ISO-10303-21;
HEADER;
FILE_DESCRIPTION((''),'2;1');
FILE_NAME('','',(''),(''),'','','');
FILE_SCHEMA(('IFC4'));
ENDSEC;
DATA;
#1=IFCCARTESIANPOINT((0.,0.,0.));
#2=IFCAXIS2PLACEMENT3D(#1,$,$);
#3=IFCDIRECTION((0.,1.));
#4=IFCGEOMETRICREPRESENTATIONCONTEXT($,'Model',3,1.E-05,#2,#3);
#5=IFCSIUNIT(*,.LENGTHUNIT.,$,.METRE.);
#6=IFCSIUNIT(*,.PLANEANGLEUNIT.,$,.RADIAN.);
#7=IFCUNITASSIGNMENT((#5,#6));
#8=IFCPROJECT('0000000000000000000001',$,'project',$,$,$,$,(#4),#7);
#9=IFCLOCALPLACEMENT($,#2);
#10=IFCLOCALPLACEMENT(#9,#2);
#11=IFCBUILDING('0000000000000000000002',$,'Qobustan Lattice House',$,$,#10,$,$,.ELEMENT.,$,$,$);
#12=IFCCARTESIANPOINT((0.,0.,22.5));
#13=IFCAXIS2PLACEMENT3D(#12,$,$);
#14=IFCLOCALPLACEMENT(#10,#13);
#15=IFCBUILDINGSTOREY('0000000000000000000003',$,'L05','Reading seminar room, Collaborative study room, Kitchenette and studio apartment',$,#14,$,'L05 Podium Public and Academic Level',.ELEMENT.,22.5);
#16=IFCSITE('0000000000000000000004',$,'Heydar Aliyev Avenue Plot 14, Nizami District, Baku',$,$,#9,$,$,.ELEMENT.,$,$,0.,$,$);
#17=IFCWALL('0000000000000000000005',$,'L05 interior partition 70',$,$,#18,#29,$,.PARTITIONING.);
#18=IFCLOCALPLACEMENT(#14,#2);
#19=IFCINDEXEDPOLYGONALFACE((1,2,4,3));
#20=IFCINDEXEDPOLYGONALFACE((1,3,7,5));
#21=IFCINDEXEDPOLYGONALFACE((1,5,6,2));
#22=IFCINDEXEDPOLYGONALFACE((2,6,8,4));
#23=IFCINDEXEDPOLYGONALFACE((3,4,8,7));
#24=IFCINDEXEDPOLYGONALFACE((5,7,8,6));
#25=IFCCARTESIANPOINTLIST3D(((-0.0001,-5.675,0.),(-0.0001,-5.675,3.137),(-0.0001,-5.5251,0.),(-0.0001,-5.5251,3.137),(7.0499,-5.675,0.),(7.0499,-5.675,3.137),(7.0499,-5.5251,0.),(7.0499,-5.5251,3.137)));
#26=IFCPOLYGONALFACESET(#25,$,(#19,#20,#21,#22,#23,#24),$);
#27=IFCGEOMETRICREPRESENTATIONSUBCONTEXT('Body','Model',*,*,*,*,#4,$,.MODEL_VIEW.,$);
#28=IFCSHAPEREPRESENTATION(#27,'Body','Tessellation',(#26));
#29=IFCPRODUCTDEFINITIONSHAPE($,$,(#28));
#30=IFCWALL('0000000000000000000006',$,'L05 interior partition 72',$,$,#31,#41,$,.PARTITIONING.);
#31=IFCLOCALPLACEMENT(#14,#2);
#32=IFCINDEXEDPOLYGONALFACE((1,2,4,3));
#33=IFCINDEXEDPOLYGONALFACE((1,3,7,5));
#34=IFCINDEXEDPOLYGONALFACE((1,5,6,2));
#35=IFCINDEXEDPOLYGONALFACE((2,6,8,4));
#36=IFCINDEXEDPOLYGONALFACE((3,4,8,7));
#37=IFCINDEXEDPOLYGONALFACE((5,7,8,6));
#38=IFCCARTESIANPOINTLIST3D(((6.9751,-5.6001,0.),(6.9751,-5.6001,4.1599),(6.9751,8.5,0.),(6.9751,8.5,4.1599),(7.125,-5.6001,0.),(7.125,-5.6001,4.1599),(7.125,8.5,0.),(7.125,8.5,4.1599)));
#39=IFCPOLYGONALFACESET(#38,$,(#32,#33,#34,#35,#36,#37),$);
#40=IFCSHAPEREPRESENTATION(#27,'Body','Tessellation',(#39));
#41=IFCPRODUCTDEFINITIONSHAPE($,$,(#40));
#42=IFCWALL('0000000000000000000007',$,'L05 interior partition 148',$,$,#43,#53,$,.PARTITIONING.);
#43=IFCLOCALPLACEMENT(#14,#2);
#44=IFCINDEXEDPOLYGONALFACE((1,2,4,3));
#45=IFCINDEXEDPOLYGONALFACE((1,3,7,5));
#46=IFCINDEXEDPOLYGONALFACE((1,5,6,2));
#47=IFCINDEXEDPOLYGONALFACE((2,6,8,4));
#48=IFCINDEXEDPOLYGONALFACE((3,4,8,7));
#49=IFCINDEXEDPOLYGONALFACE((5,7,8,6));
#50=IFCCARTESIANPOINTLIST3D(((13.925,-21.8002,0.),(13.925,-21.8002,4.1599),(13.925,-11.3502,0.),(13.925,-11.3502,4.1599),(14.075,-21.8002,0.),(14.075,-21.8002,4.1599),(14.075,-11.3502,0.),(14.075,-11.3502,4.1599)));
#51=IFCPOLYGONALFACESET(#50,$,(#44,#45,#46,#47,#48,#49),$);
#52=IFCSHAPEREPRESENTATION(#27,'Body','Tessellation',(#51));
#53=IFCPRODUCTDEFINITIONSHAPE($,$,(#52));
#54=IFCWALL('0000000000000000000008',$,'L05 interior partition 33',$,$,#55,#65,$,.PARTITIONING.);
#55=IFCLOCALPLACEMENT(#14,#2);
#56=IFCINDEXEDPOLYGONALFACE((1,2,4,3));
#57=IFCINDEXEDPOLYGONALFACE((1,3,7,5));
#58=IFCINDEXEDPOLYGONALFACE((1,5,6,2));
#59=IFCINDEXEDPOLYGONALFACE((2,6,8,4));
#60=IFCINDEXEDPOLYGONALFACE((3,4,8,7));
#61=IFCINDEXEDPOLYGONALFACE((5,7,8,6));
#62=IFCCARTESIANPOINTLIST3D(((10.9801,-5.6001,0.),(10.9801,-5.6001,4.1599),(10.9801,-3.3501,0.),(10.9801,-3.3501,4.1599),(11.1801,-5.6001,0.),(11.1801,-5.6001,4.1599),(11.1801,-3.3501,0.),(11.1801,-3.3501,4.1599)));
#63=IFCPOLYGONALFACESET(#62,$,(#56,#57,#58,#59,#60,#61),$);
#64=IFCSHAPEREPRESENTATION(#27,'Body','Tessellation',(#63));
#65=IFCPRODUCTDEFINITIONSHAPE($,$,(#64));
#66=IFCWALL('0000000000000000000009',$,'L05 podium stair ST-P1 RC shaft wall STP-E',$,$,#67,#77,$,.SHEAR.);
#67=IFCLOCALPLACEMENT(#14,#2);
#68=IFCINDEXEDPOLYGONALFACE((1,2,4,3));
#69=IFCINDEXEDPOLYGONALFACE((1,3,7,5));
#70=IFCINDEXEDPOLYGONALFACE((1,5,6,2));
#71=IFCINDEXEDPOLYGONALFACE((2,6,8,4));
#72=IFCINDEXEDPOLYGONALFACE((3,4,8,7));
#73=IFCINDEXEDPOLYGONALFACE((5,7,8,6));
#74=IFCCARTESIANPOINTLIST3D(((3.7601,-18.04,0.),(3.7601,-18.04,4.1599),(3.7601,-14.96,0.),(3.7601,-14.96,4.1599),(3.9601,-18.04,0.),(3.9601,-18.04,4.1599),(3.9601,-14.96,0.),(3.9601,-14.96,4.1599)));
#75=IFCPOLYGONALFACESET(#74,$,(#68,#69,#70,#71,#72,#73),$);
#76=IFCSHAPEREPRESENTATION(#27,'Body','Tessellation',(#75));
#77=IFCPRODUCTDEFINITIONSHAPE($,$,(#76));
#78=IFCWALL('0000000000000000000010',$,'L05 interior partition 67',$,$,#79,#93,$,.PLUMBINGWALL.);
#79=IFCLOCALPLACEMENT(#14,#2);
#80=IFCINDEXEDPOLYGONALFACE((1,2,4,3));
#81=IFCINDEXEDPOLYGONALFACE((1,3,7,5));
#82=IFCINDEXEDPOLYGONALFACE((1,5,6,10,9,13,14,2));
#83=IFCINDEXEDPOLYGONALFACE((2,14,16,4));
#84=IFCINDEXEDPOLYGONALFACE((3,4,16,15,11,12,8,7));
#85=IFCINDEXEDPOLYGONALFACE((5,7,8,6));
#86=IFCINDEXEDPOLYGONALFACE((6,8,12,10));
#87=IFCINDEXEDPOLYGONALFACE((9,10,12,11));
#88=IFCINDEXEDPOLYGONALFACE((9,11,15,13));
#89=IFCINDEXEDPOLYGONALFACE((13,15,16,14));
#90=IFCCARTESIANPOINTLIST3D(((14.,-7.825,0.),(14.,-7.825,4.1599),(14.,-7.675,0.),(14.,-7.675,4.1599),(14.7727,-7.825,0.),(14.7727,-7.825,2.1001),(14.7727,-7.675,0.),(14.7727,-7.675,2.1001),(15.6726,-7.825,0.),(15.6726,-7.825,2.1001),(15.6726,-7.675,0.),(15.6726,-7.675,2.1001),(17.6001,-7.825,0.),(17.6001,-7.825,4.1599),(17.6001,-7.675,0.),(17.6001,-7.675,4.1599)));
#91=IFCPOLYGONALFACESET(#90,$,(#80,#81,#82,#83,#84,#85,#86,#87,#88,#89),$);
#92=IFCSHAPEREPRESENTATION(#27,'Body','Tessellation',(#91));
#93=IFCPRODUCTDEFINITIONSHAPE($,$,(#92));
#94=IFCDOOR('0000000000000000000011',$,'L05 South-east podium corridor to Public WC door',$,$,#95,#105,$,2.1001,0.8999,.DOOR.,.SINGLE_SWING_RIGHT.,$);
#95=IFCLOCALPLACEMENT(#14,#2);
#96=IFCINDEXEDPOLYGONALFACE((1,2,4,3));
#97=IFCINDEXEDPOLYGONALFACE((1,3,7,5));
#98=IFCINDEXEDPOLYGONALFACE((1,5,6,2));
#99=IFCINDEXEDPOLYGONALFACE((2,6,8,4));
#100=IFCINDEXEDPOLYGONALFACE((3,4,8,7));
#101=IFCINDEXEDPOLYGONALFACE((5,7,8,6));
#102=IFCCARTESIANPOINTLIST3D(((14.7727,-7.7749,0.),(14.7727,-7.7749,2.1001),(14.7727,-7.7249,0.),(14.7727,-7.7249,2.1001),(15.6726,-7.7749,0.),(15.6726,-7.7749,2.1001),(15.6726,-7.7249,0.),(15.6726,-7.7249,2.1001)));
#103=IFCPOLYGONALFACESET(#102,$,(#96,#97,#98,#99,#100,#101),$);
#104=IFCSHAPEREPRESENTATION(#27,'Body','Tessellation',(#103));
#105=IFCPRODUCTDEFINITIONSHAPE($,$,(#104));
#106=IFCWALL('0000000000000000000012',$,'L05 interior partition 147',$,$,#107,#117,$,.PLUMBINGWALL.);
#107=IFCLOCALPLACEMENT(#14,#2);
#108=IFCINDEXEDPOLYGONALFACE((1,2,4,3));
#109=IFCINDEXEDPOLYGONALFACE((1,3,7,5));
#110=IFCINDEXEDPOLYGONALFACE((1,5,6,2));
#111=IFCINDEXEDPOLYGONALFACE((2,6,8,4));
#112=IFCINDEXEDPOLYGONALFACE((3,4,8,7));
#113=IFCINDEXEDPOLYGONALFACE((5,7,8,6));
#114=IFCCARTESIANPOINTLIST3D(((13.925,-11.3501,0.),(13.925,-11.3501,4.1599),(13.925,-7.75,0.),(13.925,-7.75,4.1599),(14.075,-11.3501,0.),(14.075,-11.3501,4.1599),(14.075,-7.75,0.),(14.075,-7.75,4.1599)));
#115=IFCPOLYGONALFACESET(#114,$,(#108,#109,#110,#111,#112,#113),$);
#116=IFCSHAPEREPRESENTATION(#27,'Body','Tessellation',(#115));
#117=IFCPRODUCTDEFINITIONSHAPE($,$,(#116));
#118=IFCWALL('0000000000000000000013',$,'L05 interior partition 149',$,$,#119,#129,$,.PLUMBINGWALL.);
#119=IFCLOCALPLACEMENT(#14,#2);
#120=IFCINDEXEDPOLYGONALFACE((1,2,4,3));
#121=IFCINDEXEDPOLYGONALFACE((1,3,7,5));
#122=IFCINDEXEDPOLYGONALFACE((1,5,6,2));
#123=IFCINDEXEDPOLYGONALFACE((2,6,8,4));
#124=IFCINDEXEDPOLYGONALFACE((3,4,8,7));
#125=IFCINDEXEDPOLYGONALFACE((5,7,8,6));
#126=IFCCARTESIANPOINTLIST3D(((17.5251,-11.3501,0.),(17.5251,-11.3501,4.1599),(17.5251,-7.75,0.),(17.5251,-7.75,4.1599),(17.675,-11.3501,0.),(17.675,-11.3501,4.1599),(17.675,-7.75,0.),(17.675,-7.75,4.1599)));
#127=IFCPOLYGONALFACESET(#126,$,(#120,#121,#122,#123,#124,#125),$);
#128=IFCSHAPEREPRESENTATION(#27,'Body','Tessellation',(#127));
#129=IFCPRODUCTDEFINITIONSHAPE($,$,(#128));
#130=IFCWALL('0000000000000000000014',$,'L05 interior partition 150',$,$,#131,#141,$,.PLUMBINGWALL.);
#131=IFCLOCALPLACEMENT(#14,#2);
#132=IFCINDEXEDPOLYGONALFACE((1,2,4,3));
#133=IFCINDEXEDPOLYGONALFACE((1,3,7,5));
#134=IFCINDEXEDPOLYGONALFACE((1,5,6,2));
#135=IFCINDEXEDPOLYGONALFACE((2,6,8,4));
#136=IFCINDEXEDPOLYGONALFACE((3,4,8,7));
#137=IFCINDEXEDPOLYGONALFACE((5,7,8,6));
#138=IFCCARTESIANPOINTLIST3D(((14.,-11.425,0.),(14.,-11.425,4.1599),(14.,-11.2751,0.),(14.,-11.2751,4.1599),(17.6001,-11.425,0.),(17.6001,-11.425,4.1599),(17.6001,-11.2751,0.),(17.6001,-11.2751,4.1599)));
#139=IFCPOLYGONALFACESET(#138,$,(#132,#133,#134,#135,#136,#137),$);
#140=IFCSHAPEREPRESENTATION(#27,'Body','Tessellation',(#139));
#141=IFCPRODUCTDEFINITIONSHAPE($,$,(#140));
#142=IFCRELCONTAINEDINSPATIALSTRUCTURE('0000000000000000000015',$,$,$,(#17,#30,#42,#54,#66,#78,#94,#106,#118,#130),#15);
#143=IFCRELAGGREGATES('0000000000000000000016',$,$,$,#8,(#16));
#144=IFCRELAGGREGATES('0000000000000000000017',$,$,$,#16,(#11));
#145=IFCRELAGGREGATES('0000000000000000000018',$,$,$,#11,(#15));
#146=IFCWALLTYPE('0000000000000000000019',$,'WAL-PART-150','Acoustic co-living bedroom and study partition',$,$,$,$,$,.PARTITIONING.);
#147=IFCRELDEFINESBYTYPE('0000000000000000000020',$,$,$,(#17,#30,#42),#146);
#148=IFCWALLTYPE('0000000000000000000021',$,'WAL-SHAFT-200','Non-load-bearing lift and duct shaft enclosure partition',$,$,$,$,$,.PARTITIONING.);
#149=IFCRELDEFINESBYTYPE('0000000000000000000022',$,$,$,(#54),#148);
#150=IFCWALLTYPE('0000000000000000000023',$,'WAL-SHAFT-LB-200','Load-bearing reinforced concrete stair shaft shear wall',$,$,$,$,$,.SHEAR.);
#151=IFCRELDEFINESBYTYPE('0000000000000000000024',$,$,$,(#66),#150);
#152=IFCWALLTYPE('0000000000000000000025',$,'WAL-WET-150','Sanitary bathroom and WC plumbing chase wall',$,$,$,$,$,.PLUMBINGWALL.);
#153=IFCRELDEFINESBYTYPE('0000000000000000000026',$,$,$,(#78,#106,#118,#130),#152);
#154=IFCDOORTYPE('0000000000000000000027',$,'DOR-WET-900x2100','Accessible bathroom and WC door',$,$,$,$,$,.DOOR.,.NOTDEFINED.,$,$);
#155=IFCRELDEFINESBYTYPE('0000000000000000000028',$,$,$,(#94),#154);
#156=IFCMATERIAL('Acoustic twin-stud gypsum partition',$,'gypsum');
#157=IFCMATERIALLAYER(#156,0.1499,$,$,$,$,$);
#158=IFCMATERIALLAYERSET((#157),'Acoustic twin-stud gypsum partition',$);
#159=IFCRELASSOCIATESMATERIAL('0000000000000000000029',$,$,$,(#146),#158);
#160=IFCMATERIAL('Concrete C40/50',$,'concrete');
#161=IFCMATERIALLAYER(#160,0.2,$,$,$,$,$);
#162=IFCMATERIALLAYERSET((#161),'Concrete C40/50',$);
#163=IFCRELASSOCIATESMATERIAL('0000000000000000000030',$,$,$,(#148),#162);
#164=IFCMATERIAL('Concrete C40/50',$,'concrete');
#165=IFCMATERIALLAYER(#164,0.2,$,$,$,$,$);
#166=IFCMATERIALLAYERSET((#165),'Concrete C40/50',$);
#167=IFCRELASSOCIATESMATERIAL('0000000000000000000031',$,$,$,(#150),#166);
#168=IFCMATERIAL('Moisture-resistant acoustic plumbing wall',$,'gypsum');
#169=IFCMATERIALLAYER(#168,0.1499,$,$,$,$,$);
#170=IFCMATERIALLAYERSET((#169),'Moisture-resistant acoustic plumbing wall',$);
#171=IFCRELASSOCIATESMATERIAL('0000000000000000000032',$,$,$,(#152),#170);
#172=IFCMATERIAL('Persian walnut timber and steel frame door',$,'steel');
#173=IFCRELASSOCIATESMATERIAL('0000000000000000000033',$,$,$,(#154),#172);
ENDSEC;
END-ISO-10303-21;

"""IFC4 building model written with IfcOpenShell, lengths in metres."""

from ifc_helpers import new_model, si_unit, direction, frame, frame_2d, origin, place, context, subcontext, project, spatial, rectangle, extrude, material, layer, layer_set, type_object, element, fill, save


model = new_model("IFC4")

# Units and contexts
model_context = context("Model", 3, precision=1e-05, world=origin(), true_north=direction((0.0, 1.0)))
body_context = subcontext(model_context, "Body", "Model", "MODEL_VIEW")
ifc_project = project(units=[si_unit("LENGTHUNIT", "METRE"), si_unit("PLANEANGLEUNIT", "RADIAN")], contexts=[model_context])

# Site, building, storey
site_placement = place(None, origin())
site = spatial("IfcSite", under=ifc_project, at=site_placement, Name="Heydar Aliyev Avenue Plot 14, Nizami District, Baku", CompositionType="ELEMENT", RefElevation=0.0)
building_placement = place(site_placement, origin())
building = spatial("IfcBuilding", under=site, at=building_placement, Name="Qobustan Lattice House", CompositionType="ELEMENT")
storey_placement = place(building_placement, frame((0.0, 0.0, 22.5)))
storey = spatial("IfcBuildingStorey", under=building, at=storey_placement, Name="L05", Description="Reading seminar room, Collaborative study room, Kitchenette and studio apartment", LongName="L05 Podium Public and Academic Level", CompositionType="ELEMENT", Elevation=22.5)

# Shared definitions
ifc_material_1 = material(Name="Acoustic twin-stud gypsum partition", Category="gypsum")
ifc_layer_1 = layer(ifc_material_1, 0.1499)
ifc_layer_set_1 = layer_set([ifc_layer_1], Name="Acoustic twin-stud gypsum partition")
wall_type_1 = type_object("IfcWallType", Name="WAL-PART-150", Description="Acoustic co-living bedroom and study partition", PredefinedType="PARTITIONING", material=ifc_layer_set_1)

# Walls
wall_1_placement = place(storey_placement, frame((0.0, -5.6001, 0.0), z_axis=(0.0, 0.0, 1.0), x_axis=(1.0, 0.0, 0.0)))
element("IfcWall", 1, at=wall_1_placement, inside=storey, type_object=wall_type_1, Name="L05 interior partition 70", PredefinedType="PARTITIONING", context=body_context, shape_type="SweptSolid", body=[
    extrude(rectangle(XDim=7.05, YDim=0.1499, at=frame_2d((3.5249, 0.0))), origin(), (0.0, 0.0, 1.0), 3.137),
])
wall_2_placement = place(storey_placement, frame((7.05, -5.6001, 0.0), z_axis=(0.0, 0.0, 1.0), x_axis=(0.0, 1.0, 0.0)))
element("IfcWall", 2, at=wall_2_placement, inside=storey, type_object=wall_type_1, Name="L05 interior partition 72", PredefinedType="PARTITIONING", context=body_context, shape_type="SweptSolid", body=[
    extrude(rectangle(XDim=14.1001, YDim=0.1499, at=frame_2d((7.05, 0.0))), origin(), (0.0, 0.0, 1.0), 4.1599),
])
wall_3_placement = place(storey_placement, frame((14.0, -11.3501, 0.0), z_axis=(0.0, 0.0, 1.0), x_axis=(0.0, -1.0, 0.0)))
element("IfcWall", 3, at=wall_3_placement, inside=storey, type_object=wall_type_1, Name="L05 interior partition 148", PredefinedType="PARTITIONING", context=body_context, shape_type="SweptSolid", body=[
    extrude(rectangle(XDim=10.45, YDim=0.1499, at=frame_2d((5.2251, 0.0))), origin(), (0.0, 0.0, 1.0), 4.1599),
])
ifc_material_2 = material(Name="Concrete C40/50", Category="concrete")
ifc_layer_2 = layer(ifc_material_2, 0.2)
ifc_layer_set_2 = layer_set([ifc_layer_2], Name="Concrete C40/50")
wall_type_2 = type_object("IfcWallType", Name="WAL-SHAFT-200", Description="Non-load-bearing lift and duct shaft enclosure partition", PredefinedType="PARTITIONING", material=ifc_layer_set_2)
wall_4_placement = place(storey_placement, frame((11.0801, -5.6001, 0.0), z_axis=(0.0, 0.0, 1.0), x_axis=(0.0, 1.0, 0.0)))
element("IfcWall", 4, at=wall_4_placement, inside=storey, type_object=wall_type_2, Name="L05 interior partition 33", PredefinedType="PARTITIONING", context=body_context, shape_type="SweptSolid", body=[
    extrude(rectangle(XDim=2.25, YDim=0.2, at=frame_2d((1.125, 0.0))), origin(), (0.0, 0.0, 1.0), 4.1599),
])
ifc_material_3 = material(Name="Concrete C40/50", Category="concrete")
ifc_layer_3 = layer(ifc_material_3, 0.2)
ifc_layer_set_3 = layer_set([ifc_layer_3], Name="Concrete C40/50")
wall_type_3 = type_object("IfcWallType", Name="WAL-SHAFT-LB-200", Description="Load-bearing reinforced concrete stair shaft shear wall", PredefinedType="SHEAR", material=ifc_layer_set_3)
wall_5_placement = place(storey_placement, frame((3.8601, -18.04, 0.0), z_axis=(0.0, 0.0, 1.0), x_axis=(0.0, 1.0, 0.0)))
element("IfcWall", 5, at=wall_5_placement, inside=storey, type_object=wall_type_3, Name="L05 podium stair ST-P1 RC shaft wall STP-E", PredefinedType="SHEAR", context=body_context, shape_type="SweptSolid", body=[
    extrude(rectangle(XDim=3.0801, YDim=0.2, at=frame_2d((1.54, 0.0))), origin(), (0.0, 0.0, 1.0), 4.1599),
])

# Wall, opening, door
ifc_material_4 = material(Name="Moisture-resistant acoustic plumbing wall", Category="gypsum")
ifc_layer_4 = layer(ifc_material_4, 0.1499)
ifc_layer_set_4 = layer_set([ifc_layer_4], Name="Moisture-resistant acoustic plumbing wall")
wall_type_4 = type_object("IfcWallType", Name="WAL-WET-150", Description="Sanitary bathroom and WC plumbing chase wall", PredefinedType="PLUMBINGWALL", material=ifc_layer_set_4)
wall_6_placement = place(storey_placement, frame((17.6001, -7.75, 0.0), z_axis=(0.0, 0.0, 1.0), x_axis=(-1.0, 0.0, 0.0)))
wall_6 = element("IfcWall", 6, at=wall_6_placement, inside=storey, type_object=wall_type_4, Name="L05 interior partition 67", PredefinedType="PLUMBINGWALL", context=body_context, shape_type="SweptSolid", body=[
    extrude(rectangle(XDim=3.6001, YDim=0.1499, at=frame_2d((1.8, 0.0))), origin(), (0.0, 0.0, 1.0), 4.1599),
])
opening_1_placement = place(wall_6_placement, frame((1.9275, 0.0, 0.0)))
opening_1 = element("IfcOpeningElement", 7, at=opening_1_placement, cuts=wall_6, PredefinedType="OPENING", context=body_context, shape_type="SweptSolid", body=[
    extrude(rectangle(XDim=0.8999, YDim=2.1001, at=frame_2d((0.45, 1.05))), frame((0.0, 0.085, 0.0), z_axis=(0.0, -1.0, 0.0), x_axis=(1.0, 0.0, 0.0)), (0.0, 0.0, 1.0), 0.1699),
])
ifc_material_5 = material(Name="Persian walnut timber and steel frame door", Category="steel")
door_type_1 = type_object("IfcDoorType", Name="DOR-WET-900x2100", Description="Accessible bathroom and WC door", OperationType="NOTDEFINED", PredefinedType="DOOR", material=ifc_material_5)
door_1_placement = place(opening_1_placement, origin())
door_1 = element("IfcDoor", 8, at=door_1_placement, inside=storey, type_object=door_type_1, Name="L05 South-east podium corridor to Public WC door", OperationType="SINGLE_SWING_RIGHT", OverallHeight=2.1001, OverallWidth=0.8999, PredefinedType="DOOR", context=body_context, shape_type="SweptSolid", body=[
    extrude(rectangle(XDim=0.8999, YDim=2.1001, at=frame_2d((0.45, 1.05))), frame((0.0, 0.0249, 0.0), z_axis=(0.0, -1.0, 0.0), x_axis=(1.0, 0.0, 0.0)), (0.0, 0.0, 1.0), 0.05),
])
fill(opening_1, door_1)

# Walls
for number, where, z_axis, x_axis, name in (
    (9, (14.0, -7.75, 0.0), (0.0, 0.0, 1.0), (0.0, -1.0, 0.0), "L05 interior partition 147"),
    (10, (17.6001, -7.75, 0.0), (0.0, 0.0, 1.0), (0.0, -1.0, 0.0), "L05 interior partition 149"),
    (11, (17.6001, -11.3501, 0.0), (0.0, 0.0, 1.0), (-1.0, 0.0, 0.0), "L05 interior partition 150"),
):
    element("IfcWall", number, at=place(storey_placement, frame(where, z_axis=z_axis, x_axis=x_axis)), inside=storey, type_object=wall_type_4, Name=name, PredefinedType="PLUMBINGWALL", context=body_context, shape_type="SweptSolid", body=[
        extrude(rectangle(XDim=3.6001, YDim=0.1499, at=frame_2d((1.8, 0.0))), origin(), (0.0, 0.0, 1.0), 4.1599),
    ])

save(model, "model.ifc")
